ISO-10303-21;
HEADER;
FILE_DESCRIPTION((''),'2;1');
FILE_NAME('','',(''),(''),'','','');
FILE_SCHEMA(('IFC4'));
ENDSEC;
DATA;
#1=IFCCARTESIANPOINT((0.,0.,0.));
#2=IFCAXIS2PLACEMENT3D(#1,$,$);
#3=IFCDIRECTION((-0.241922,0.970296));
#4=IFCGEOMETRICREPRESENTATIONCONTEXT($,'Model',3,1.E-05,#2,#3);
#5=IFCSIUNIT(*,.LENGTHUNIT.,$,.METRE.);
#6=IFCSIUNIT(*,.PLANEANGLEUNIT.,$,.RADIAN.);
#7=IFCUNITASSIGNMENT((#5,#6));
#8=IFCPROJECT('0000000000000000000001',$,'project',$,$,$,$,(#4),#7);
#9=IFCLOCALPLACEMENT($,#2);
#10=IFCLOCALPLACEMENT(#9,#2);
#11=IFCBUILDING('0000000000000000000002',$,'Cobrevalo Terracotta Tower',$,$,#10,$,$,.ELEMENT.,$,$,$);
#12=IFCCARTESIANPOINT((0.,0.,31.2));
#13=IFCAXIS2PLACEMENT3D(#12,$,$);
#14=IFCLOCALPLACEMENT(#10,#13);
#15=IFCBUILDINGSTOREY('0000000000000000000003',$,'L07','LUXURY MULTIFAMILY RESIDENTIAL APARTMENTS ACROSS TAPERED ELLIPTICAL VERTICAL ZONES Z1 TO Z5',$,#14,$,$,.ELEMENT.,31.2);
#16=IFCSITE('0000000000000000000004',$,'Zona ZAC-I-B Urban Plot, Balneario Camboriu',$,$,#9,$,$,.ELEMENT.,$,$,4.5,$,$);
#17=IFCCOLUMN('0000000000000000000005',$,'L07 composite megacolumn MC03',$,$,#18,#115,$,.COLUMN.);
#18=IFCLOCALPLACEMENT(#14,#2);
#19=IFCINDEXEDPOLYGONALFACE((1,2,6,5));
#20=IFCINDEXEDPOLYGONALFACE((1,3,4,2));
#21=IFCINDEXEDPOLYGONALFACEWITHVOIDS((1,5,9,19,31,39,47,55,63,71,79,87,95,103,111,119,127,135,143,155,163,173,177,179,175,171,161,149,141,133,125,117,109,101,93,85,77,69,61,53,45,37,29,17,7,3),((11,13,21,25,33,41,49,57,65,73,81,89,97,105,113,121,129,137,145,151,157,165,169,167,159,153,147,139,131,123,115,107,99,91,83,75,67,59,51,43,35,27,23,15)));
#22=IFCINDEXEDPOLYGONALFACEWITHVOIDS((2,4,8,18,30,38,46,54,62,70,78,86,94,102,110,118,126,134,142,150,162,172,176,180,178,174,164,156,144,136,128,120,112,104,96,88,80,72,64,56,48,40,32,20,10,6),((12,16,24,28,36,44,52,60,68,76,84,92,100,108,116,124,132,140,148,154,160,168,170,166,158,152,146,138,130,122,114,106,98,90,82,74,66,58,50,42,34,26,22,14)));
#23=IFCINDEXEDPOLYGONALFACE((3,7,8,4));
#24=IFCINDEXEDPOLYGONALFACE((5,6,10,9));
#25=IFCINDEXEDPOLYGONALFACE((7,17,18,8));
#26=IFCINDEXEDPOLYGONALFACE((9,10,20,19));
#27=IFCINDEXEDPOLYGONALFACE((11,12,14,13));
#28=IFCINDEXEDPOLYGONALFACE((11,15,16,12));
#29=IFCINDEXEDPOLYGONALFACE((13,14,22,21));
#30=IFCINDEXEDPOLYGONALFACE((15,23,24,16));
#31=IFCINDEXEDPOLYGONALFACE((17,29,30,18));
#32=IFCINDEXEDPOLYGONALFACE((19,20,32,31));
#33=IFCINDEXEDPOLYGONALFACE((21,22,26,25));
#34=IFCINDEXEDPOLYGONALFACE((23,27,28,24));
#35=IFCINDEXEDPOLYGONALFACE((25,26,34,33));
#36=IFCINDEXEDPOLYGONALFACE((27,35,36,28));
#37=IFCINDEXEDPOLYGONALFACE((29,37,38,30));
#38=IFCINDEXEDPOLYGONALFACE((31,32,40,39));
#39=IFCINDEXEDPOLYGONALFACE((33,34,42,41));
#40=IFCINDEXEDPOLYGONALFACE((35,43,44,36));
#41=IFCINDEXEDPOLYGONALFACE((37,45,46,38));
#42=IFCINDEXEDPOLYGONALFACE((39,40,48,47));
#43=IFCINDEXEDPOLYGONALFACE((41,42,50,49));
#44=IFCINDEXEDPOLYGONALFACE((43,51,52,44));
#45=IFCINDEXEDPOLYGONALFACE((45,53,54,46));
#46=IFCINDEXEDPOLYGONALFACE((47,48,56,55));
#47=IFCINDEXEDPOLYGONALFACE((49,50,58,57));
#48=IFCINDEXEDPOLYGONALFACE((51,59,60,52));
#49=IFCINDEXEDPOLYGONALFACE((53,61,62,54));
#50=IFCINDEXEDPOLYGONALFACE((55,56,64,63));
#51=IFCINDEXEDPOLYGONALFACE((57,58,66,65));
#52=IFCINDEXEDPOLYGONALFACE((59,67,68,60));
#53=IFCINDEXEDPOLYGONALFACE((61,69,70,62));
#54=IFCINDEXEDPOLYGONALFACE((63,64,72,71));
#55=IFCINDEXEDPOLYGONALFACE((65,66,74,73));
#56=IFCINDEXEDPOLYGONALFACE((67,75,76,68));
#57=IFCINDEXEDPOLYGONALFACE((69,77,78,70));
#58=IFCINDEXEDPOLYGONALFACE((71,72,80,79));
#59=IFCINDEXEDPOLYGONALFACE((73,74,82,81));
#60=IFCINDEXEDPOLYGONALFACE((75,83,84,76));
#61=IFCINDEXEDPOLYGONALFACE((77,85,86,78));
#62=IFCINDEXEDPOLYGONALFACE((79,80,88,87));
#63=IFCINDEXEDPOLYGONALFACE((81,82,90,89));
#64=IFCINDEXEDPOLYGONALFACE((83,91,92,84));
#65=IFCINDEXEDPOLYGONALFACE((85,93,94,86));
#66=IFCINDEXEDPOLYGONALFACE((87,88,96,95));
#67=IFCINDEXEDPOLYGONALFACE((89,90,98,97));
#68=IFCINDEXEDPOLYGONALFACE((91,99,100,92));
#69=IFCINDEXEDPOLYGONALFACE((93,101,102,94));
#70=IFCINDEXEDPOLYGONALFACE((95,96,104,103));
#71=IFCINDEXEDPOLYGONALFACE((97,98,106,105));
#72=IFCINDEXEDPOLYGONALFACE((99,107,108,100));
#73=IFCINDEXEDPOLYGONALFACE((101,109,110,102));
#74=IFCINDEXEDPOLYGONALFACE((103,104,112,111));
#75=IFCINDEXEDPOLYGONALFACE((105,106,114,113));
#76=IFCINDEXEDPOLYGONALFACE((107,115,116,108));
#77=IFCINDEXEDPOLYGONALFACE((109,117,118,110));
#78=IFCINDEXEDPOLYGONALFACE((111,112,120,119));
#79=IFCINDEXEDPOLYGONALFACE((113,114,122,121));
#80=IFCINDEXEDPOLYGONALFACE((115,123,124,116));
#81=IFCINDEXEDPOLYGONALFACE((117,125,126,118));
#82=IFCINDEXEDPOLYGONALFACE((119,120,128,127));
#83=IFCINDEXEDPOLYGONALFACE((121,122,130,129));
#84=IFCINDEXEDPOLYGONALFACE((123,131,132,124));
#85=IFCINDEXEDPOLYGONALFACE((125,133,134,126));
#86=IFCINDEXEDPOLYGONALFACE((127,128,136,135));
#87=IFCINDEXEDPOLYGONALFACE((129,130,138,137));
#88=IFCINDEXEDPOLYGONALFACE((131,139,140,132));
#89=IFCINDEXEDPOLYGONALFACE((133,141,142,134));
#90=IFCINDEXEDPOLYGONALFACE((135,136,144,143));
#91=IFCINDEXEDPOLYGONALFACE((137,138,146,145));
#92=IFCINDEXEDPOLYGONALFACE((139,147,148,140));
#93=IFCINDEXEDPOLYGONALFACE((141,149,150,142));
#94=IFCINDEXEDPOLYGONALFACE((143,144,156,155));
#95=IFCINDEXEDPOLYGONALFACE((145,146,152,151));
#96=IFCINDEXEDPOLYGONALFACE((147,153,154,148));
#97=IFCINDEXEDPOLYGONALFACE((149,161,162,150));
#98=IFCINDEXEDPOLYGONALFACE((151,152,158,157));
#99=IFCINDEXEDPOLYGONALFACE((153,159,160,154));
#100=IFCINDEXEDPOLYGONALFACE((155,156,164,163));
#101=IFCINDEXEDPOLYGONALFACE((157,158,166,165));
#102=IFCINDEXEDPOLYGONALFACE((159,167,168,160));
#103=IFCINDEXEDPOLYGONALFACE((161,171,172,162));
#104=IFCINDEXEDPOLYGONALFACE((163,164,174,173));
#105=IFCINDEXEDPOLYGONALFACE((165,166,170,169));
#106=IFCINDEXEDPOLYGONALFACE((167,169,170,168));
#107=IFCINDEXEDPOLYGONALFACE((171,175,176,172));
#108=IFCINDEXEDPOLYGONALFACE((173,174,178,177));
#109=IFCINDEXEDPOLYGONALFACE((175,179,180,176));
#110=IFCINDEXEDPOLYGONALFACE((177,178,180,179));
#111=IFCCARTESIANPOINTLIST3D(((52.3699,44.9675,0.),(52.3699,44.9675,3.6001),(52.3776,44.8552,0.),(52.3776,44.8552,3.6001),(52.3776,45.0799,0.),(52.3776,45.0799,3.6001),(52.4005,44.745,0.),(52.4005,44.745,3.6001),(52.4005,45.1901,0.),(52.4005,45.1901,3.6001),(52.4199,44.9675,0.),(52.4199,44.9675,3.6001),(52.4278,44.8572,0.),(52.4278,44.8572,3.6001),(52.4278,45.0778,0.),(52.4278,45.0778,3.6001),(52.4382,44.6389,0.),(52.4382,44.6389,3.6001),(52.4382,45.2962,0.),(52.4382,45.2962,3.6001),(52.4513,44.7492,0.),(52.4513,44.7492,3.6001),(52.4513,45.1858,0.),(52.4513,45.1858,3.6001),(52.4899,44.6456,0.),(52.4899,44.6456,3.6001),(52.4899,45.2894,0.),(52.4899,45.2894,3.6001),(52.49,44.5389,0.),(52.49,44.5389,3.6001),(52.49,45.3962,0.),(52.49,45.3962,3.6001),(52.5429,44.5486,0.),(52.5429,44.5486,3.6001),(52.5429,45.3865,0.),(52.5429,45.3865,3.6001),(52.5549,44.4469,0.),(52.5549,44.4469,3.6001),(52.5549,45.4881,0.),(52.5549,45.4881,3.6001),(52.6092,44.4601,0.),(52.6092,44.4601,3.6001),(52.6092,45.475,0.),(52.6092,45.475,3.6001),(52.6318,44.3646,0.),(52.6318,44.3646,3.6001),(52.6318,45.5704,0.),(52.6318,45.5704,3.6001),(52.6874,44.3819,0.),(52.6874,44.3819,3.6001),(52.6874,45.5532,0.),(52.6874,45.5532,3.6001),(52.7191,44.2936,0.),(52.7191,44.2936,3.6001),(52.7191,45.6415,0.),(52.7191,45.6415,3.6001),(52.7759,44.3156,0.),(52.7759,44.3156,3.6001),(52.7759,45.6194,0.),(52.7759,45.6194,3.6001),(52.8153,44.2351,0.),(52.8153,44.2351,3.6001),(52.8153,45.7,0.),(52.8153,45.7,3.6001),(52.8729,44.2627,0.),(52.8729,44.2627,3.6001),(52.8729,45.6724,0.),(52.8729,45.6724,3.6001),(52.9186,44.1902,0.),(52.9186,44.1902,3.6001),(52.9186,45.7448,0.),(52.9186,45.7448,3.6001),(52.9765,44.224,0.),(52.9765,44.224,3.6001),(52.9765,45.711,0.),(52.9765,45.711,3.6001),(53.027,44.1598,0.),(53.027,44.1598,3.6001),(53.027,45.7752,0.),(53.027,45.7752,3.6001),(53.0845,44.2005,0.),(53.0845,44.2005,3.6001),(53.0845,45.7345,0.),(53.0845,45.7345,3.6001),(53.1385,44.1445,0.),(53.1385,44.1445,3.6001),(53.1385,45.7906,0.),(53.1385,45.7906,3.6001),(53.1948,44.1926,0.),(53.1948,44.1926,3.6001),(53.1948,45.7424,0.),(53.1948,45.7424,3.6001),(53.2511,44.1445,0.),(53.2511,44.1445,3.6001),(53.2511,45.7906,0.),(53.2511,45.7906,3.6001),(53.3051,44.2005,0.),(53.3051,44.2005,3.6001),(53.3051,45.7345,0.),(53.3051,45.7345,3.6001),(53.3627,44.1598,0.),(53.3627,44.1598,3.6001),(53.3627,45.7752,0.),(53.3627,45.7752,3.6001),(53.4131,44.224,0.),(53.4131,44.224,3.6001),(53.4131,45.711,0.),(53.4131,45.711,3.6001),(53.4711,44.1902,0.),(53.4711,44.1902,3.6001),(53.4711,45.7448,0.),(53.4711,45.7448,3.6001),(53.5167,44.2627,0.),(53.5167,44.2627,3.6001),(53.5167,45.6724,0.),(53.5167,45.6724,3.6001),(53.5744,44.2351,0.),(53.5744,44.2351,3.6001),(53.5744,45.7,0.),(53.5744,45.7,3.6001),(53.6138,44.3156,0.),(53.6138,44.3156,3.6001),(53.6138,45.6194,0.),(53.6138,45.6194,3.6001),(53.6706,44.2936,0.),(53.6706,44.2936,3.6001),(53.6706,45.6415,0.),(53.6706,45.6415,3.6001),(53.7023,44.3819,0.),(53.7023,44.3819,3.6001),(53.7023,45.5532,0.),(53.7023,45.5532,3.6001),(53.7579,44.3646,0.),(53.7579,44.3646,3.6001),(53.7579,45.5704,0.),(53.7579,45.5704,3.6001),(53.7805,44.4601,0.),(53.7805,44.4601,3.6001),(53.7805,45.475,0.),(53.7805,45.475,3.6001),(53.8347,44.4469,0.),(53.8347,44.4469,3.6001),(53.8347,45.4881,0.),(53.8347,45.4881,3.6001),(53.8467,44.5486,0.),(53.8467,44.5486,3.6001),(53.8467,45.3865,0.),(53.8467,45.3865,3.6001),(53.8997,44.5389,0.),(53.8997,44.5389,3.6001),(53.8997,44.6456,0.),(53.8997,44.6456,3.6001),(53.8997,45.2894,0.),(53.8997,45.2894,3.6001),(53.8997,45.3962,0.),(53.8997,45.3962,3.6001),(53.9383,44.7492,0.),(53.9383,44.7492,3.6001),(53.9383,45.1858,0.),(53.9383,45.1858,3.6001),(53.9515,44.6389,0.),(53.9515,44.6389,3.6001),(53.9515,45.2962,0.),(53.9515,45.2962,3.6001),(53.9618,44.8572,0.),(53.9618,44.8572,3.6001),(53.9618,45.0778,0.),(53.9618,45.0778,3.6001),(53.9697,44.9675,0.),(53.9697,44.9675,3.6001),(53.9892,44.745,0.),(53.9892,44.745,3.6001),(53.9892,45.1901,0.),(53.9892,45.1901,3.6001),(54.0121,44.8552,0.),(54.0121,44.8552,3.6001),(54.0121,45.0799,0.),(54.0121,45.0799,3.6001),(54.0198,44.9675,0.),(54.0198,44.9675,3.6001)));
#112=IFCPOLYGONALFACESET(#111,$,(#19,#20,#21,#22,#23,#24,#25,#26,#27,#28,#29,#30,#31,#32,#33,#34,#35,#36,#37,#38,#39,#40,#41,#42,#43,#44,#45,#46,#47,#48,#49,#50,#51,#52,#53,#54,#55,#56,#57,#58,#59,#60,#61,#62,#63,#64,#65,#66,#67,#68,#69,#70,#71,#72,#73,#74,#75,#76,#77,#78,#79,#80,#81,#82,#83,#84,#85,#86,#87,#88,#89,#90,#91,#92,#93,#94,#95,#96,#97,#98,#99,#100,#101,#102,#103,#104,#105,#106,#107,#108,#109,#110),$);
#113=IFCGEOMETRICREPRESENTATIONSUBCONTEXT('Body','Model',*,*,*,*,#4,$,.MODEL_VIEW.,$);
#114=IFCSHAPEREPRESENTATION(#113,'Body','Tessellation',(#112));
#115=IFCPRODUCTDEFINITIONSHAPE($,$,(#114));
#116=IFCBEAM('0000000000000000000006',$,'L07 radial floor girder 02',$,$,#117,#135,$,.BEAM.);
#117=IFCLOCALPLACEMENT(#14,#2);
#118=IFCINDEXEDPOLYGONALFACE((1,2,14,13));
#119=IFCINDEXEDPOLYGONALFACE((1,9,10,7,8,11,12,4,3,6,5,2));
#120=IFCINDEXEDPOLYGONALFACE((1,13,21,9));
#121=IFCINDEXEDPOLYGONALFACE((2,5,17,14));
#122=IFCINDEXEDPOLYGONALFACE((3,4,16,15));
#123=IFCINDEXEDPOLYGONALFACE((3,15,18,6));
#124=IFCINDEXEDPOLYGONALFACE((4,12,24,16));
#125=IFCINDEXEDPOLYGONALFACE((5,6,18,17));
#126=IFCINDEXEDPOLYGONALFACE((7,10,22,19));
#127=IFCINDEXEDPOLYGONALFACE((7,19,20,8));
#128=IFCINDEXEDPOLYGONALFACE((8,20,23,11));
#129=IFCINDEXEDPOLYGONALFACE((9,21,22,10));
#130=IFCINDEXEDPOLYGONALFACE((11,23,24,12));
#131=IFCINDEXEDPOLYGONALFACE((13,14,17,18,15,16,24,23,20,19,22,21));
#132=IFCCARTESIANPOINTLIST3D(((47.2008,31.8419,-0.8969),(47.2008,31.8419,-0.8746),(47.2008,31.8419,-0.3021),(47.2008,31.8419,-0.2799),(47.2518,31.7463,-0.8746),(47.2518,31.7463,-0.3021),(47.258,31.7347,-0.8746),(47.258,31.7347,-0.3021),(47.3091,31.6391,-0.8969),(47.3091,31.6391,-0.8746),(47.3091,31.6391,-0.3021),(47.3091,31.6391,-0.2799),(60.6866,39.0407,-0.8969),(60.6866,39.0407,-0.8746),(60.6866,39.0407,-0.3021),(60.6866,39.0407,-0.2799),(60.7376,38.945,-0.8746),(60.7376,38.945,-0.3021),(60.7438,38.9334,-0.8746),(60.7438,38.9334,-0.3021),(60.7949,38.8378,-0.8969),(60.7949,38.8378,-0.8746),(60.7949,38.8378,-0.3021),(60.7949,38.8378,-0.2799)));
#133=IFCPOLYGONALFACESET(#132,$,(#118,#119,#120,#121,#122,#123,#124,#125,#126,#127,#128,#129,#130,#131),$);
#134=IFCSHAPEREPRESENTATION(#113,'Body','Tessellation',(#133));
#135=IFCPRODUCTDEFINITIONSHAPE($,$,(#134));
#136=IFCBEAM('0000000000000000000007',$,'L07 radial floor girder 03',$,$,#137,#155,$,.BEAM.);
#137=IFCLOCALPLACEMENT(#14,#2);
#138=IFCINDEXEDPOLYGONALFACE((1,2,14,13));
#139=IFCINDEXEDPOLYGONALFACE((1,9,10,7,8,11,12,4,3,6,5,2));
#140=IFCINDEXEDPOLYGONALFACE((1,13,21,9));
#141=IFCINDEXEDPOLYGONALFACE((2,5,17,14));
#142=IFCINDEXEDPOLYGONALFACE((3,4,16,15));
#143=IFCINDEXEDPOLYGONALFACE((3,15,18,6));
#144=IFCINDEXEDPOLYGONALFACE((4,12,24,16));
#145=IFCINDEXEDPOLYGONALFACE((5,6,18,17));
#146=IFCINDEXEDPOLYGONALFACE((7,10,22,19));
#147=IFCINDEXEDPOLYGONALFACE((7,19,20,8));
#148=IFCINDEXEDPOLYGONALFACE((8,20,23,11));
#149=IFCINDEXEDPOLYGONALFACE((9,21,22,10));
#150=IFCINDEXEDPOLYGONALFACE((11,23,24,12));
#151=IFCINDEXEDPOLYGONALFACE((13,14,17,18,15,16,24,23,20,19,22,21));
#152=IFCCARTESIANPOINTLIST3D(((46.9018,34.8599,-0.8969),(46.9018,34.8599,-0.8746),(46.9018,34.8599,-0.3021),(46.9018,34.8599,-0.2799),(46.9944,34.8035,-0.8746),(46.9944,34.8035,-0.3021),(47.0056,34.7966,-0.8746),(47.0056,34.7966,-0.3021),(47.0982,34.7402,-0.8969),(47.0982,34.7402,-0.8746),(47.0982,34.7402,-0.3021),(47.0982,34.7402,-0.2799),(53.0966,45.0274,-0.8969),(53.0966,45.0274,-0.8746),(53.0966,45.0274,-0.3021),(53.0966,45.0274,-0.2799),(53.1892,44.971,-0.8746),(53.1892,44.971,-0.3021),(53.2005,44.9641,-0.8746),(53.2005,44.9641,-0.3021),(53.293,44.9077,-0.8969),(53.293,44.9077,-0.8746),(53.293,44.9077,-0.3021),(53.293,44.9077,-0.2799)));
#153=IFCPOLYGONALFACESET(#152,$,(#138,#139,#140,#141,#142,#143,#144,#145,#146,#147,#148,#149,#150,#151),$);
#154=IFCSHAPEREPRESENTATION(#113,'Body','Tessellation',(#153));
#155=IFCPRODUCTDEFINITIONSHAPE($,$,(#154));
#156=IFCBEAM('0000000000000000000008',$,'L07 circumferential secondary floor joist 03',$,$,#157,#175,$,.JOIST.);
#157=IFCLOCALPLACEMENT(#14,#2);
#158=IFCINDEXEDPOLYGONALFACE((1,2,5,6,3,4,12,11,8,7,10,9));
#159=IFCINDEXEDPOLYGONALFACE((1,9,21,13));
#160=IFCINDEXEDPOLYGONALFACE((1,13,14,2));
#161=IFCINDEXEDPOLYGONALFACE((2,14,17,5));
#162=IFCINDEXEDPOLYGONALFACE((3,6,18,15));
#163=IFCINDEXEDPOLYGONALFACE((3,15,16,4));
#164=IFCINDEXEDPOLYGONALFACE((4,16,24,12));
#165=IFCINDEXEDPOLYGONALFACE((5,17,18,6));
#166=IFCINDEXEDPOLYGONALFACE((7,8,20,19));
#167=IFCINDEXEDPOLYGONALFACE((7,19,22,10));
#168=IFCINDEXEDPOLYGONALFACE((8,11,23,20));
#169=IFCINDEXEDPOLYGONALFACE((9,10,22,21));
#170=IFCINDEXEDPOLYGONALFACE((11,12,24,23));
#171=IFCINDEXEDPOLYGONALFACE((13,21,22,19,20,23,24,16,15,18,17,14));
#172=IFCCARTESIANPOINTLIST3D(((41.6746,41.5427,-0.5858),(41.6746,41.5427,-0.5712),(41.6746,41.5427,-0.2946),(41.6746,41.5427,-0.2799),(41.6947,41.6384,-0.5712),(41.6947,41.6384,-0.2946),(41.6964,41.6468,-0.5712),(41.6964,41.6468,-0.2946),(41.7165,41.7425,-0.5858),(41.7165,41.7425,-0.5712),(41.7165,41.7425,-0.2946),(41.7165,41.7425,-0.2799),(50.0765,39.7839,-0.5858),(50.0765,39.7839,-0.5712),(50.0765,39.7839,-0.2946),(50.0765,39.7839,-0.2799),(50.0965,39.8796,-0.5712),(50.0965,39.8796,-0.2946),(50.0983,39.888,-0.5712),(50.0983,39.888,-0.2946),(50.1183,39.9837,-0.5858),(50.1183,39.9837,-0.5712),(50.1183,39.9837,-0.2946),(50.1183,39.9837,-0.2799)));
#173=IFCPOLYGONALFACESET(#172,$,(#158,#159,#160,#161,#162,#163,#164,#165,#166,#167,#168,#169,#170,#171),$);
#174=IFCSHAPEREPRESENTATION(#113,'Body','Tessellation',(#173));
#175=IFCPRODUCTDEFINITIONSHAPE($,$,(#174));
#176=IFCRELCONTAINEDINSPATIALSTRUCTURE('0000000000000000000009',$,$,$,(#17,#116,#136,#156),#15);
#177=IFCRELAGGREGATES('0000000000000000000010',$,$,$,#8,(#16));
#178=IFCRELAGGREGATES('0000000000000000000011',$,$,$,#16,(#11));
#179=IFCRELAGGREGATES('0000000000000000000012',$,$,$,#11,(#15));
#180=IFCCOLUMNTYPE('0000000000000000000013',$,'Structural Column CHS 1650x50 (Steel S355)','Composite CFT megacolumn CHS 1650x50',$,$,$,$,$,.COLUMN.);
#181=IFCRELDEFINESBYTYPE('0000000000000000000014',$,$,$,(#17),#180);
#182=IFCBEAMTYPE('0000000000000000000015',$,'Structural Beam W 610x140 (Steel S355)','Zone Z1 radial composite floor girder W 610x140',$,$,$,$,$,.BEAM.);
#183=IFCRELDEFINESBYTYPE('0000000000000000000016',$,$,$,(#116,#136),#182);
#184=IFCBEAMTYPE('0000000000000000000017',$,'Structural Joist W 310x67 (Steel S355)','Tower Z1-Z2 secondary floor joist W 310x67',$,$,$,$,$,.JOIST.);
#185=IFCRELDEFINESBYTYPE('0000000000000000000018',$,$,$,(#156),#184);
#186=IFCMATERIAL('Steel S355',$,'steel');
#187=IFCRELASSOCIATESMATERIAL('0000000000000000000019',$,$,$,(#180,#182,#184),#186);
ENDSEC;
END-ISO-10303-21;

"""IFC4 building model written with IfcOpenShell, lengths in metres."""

from ifc_helpers import new_model, si_unit, direction, frame, origin, origin_2d, place, context, subcontext, project, spatial, hollow_circle, i_section, extrude, material, material_profile, profile_set, type_object, element, save


model = new_model("IFC4")

# Units and contexts
model_context = context("Model", 3, precision=1e-05, world=origin(), true_north=direction((-0.241922, 0.970296)))
body_context = subcontext(model_context, "Body", "Model", "MODEL_VIEW")
ifc_project = project(units=[si_unit("LENGTHUNIT", "METRE"), si_unit("PLANEANGLEUNIT", "RADIAN")], contexts=[model_context])

# Site, building, storey
site_placement = place(None, origin())
site = spatial("IfcSite", under=ifc_project, at=site_placement, Name="Zona ZAC-I-B Urban Plot, Balneario Camboriu", CompositionType="ELEMENT", RefElevation=4.5)
building_placement = place(site_placement, origin())
building = spatial("IfcBuilding", under=site, at=building_placement, Name="Cobrevalo Terracotta Tower", CompositionType="ELEMENT")
storey_placement = place(building_placement, frame((0.0, 0.0, 31.2)))
storey = spatial("IfcBuildingStorey", under=building, at=storey_placement, Name="L07", Description="LUXURY MULTIFAMILY RESIDENTIAL APARTMENTS ACROSS TAPERED ELLIPTICAL VERTICAL ZONES Z1 TO Z5", CompositionType="ELEMENT", Elevation=31.2)

# Column
ifc_material_1 = material(Name="Steel S355", Category="steel")
ifc_material_profile_1 = material_profile(ifc_material_1, hollow_circle(Radius=0.825, WallThickness=0.05, at=origin_2d()), Name="CHS 1650x50")
ifc_profile_set_1 = profile_set([ifc_material_profile_1], Name="Steel S355")
column_type = type_object("IfcColumnType", Name="Structural Column CHS 1650x50 (Steel S355)", Description="Composite CFT megacolumn CHS 1650x50", PredefinedType="COLUMN", material=ifc_profile_set_1)
column_placement = place(storey_placement, frame((53.1948, 44.9675, 0.0), z_axis=(0.0, 0.0, 1.0), x_axis=(1.0, 0.0, 0.0)))
element("IfcColumn", 1, at=column_placement, inside=storey, type_object=column_type, Name="L07 composite megacolumn MC03", PredefinedType="COLUMN", context=body_context, shape_type="SweptSolid", body=[
    extrude(hollow_circle(Radius=0.825, WallThickness=0.05, at=origin_2d()), origin(), (0.0, 0.0, 1.0), 3.6001),
])

# Beams
ifc_material_profile_2 = material_profile(ifc_material_1, i_section(OverallWidth=0.23, OverallDepth=0.6169, WebThickness=0.0132, FlangeThickness=0.0222, at=origin_2d()), Name="W 610x140")
ifc_profile_set_2 = profile_set([ifc_material_profile_2], Name="Steel S355")
beam_type_1 = type_object("IfcBeamType", Name="Structural Beam W 610x140 (Steel S355)", Description="Zone Z1 radial composite floor girder W 610x140", PredefinedType="BEAM", material=ifc_profile_set_2)
beam_1_placement = place(storey_placement, frame((60.7407, 38.9392, -0.5884), z_axis=(-0.882182, -0.470908, 0.0), x_axis=(0.470908, -0.882182, 0.0)))
element("IfcBeam", 2, at=beam_1_placement, inside=storey, type_object=beam_type_1, Name="L07 radial floor girder 02", PredefinedType="BEAM", context=body_context, shape_type="SweptSolid", body=[
    extrude(i_section(OverallWidth=0.23, OverallDepth=0.6169, WebThickness=0.0132, FlangeThickness=0.0222, at=origin_2d()), origin(), (0.0, 0.0, 1.0), 15.2869),
])
beam_2_placement = place(storey_placement, frame((53.1948, 44.9675, -0.5884), z_axis=(-0.52031, -0.853978, 0.0), x_axis=(0.853978, -0.52031, 0.0)))
element("IfcBeam", 3, at=beam_2_placement, inside=storey, type_object=beam_type_1, Name="L07 radial floor girder 03", PredefinedType="BEAM", context=body_context, shape_type="SweptSolid", body=[
    extrude(i_section(OverallWidth=0.23, OverallDepth=0.6169, WebThickness=0.0132, FlangeThickness=0.0222, at=origin_2d()), origin(), (0.0, 0.0, 1.0), 11.906),
])
ifc_material_profile_3 = material_profile(ifc_material_1, i_section(OverallWidth=0.2041, OverallDepth=0.3059, WebThickness=0.0085, FlangeThickness=0.0146, at=origin_2d()), Name="W 310x67")
ifc_profile_set_3 = profile_set([ifc_material_profile_3], Name="Steel S355")
beam_type_2 = type_object("IfcBeamType", Name="Structural Joist W 310x67 (Steel S355)", Description="Tower Z1-Z2 secondary floor joist W 310x67", PredefinedType="JOIST", material=ifc_profile_set_3)
beam_3_placement = place(storey_placement, frame((50.0974, 39.8838, -0.4329), z_axis=(-0.978785, 0.204892, 0.0), x_axis=(-0.204892, -0.978785, 0.0)))
element("IfcBeam", 4, at=beam_3_placement, inside=storey, type_object=beam_type_2, Name="L07 circumferential secondary floor joist 03", PredefinedType="JOIST", context=body_context, shape_type="SweptSolid", body=[
    extrude(i_section(OverallWidth=0.2041, OverallDepth=0.3059, WebThickness=0.0085, FlangeThickness=0.0146, at=origin_2d()), origin(), (0.0, 0.0, 1.0), 8.584),
])

save(model, "model.ifc")
